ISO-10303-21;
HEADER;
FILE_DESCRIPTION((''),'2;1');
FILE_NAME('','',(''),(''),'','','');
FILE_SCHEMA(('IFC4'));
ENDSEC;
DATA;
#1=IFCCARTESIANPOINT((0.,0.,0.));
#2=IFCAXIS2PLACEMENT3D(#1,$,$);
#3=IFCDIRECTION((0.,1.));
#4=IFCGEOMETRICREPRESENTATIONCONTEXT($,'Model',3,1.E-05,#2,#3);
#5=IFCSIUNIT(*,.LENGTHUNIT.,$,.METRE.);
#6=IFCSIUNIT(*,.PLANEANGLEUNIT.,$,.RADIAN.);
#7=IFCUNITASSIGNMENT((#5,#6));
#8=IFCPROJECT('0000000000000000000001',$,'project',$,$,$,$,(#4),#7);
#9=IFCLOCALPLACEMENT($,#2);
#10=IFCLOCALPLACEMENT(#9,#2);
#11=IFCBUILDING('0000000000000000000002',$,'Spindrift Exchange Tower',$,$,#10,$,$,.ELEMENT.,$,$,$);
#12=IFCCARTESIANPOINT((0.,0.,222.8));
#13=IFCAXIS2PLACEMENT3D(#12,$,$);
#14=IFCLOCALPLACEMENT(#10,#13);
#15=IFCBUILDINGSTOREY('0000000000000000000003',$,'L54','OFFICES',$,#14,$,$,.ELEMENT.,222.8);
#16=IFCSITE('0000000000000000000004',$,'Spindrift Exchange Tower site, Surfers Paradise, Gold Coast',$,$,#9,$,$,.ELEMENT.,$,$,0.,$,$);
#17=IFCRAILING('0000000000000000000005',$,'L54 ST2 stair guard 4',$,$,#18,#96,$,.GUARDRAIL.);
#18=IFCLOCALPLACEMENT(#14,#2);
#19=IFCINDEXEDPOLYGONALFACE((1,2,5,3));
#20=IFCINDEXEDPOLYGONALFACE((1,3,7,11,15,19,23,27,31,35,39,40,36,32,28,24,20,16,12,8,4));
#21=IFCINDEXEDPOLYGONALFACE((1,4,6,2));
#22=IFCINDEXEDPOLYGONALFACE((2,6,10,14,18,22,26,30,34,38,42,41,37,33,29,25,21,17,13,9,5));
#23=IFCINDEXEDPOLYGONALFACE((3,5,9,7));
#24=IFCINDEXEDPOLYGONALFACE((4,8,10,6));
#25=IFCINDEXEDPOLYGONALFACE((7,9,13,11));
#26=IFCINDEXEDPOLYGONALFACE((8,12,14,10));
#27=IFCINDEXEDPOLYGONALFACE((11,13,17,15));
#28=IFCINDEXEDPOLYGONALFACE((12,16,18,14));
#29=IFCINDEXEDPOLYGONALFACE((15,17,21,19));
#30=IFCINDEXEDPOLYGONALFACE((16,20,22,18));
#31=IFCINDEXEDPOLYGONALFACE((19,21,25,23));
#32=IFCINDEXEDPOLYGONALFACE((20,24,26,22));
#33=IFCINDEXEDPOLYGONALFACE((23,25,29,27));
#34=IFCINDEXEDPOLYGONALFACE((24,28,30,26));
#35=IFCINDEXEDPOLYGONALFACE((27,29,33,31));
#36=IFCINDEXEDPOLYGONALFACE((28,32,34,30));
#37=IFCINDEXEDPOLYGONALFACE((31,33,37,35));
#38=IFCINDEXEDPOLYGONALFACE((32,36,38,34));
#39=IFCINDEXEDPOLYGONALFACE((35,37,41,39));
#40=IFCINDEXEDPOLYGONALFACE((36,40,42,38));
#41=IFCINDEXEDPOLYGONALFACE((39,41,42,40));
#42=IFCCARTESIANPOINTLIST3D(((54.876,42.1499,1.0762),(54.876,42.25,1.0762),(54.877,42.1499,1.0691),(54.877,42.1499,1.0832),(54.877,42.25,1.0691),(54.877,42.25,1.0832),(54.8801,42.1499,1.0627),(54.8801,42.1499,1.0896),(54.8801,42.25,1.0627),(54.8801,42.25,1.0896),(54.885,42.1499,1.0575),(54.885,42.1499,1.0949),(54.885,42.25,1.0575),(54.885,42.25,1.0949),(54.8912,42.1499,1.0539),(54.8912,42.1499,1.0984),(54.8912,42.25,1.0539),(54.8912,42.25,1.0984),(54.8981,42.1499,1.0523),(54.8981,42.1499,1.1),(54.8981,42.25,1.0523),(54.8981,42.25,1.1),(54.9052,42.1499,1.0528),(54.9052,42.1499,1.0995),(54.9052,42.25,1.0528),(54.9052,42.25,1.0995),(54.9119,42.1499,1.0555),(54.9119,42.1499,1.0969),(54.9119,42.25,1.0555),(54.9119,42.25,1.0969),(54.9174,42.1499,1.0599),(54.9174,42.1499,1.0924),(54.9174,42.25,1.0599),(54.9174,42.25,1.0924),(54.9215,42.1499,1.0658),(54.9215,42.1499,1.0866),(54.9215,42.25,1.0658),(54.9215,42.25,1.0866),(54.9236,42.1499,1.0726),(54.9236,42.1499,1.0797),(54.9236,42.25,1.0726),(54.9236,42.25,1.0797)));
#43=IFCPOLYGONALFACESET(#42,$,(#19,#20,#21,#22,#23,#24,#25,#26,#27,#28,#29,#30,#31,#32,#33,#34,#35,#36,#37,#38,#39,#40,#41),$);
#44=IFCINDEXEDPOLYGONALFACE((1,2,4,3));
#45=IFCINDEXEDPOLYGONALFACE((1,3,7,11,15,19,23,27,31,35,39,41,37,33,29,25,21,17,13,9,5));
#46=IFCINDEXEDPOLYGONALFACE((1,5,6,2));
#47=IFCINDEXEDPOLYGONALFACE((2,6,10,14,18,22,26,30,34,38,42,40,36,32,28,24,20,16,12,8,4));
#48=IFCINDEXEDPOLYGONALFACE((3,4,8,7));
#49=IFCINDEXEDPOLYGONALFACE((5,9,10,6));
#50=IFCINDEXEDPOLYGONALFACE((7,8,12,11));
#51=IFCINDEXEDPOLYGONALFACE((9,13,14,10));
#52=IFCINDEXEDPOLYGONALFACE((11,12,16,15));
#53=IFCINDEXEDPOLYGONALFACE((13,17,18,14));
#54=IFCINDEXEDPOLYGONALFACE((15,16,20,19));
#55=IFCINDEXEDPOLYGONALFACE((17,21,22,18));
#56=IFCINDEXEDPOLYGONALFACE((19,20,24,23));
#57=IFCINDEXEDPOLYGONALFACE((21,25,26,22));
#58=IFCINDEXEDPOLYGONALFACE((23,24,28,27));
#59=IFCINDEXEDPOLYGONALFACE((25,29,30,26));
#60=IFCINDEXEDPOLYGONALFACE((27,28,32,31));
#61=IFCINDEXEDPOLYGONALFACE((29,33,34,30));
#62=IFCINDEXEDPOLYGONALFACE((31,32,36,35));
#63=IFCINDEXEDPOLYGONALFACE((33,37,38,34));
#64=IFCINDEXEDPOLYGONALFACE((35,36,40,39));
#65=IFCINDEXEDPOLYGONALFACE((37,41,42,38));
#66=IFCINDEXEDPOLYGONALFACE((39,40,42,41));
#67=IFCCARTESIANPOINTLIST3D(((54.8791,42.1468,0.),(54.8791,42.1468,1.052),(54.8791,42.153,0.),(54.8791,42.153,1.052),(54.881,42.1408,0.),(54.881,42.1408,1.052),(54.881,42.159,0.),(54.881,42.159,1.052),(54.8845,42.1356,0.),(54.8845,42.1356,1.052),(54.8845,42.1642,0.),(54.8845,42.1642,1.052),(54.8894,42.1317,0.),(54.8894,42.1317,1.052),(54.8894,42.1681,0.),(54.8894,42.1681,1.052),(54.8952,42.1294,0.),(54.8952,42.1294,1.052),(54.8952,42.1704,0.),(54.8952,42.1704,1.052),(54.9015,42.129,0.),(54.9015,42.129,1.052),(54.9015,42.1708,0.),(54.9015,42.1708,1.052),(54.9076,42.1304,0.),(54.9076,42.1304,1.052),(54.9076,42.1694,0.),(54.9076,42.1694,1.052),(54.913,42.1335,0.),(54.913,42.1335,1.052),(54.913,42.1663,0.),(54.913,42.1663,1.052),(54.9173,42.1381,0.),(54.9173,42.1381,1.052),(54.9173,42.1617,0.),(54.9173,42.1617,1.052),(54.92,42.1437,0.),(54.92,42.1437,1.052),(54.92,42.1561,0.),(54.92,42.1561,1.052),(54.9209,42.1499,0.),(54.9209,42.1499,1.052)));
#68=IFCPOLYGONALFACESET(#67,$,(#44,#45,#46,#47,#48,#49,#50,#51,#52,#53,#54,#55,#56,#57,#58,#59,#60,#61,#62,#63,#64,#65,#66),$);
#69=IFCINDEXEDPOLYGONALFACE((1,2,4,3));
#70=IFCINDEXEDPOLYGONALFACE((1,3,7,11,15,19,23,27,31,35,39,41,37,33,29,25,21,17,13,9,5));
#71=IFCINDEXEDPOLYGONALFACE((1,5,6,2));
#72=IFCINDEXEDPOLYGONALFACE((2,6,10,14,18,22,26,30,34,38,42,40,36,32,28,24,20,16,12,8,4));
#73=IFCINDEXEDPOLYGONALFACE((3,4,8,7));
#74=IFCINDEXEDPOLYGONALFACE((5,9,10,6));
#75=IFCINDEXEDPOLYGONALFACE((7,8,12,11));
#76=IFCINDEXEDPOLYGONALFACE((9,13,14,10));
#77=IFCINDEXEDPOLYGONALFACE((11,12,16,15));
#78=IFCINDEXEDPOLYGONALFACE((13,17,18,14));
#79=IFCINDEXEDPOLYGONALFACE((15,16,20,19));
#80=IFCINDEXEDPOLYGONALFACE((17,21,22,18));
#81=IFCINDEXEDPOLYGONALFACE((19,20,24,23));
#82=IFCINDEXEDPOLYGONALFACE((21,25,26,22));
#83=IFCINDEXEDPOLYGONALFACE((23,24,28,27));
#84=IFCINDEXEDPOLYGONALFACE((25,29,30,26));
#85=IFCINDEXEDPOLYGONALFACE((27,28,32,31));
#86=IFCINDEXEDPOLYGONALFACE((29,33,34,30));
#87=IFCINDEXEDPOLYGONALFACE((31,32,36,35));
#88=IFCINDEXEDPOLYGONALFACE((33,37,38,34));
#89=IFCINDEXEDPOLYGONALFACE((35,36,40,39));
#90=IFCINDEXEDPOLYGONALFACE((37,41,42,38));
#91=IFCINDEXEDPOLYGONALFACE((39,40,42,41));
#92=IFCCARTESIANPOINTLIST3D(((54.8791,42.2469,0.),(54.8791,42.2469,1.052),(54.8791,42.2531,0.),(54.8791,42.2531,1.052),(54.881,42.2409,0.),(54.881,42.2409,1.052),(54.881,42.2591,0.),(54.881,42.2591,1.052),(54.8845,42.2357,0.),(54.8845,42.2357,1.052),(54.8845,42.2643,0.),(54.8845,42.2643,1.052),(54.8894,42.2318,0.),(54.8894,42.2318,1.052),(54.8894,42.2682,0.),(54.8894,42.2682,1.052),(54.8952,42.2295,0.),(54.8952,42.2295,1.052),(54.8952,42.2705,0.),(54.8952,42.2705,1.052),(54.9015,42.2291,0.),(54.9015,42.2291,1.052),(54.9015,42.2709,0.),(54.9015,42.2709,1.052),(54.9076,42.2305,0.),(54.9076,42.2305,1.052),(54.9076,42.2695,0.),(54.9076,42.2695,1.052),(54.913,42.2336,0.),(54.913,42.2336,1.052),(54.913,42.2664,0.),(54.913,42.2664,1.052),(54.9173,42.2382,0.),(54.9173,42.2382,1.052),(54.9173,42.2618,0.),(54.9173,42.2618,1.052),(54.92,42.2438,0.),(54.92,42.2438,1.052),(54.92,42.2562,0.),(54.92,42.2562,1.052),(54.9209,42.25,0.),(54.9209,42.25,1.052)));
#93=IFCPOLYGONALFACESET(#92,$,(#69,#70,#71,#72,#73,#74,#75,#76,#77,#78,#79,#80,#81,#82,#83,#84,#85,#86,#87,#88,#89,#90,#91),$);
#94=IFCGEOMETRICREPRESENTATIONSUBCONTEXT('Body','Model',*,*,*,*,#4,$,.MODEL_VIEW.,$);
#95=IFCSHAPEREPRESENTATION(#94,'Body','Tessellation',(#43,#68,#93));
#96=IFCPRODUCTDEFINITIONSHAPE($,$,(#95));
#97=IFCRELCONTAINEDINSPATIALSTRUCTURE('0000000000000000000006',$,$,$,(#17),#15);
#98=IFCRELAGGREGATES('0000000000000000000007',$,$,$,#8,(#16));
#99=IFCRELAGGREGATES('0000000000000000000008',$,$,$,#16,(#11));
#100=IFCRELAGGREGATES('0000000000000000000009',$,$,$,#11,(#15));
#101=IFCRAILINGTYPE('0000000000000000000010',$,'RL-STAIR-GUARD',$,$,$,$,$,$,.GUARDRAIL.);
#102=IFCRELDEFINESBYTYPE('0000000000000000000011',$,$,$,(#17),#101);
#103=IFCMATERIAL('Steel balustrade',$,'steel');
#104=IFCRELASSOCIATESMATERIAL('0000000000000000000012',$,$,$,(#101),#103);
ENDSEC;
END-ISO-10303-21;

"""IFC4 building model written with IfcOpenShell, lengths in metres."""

from ifc_helpers import new_model, si_unit, direction, frame, origin, origin_2d, place, context, subcontext, project, spatial, circle, extrude, material, type_object, element, save


model = new_model("IFC4")

# Units and contexts
model_context = context("Model", 3, precision=1e-05, world=origin(), true_north=direction((0.0, 1.0)))
body_context = subcontext(model_context, "Body", "Model", "MODEL_VIEW")
ifc_project = project(units=[si_unit("LENGTHUNIT", "METRE"), si_unit("PLANEANGLEUNIT", "RADIAN")], contexts=[model_context])

# Site, building, storey
site_placement = place(None, origin())
site = spatial("IfcSite", under=ifc_project, at=site_placement, Name="Spindrift Exchange Tower site, Surfers Paradise, Gold Coast", CompositionType="ELEMENT", RefElevation=0.0)
building_placement = place(site_placement, origin())
building = spatial("IfcBuilding", under=site, at=building_placement, Name="Spindrift Exchange Tower", CompositionType="ELEMENT")
storey_placement = place(building_placement, frame((0.0, 0.0, 222.8)))
storey = spatial("IfcBuildingStorey", under=building, at=storey_placement, Name="L54", Description="OFFICES", CompositionType="ELEMENT", Elevation=222.8)

# Railing
ifc_material_1 = material(Name="Steel balustrade", Category="steel")
railing_type_1 = type_object("IfcRailingType", Name="RL-STAIR-GUARD", PredefinedType="GUARDRAIL", material=ifc_material_1)
railing_1_placement = place(storey_placement, frame((54.8999, 42.1499, 0.0)))
element("IfcRailing", 1, at=railing_1_placement, inside=storey, type_object=railing_type_1, Name="L54 ST2 stair guard 4", PredefinedType="GUARDRAIL", context=body_context, shape_type="SweptSolid", body=[
    extrude(circle(Radius=0.0239, at=origin_2d()), frame((0.0, 0.0, 1.0762), z_axis=(0.0, 1.0, 0.0), x_axis=(-1.0, 0.0, 0.0)), (0.0, 0.0, 1.0), 0.1001),
    extrude(circle(Radius=0.021, at=origin_2d()), origin(), (0.0, 0.0, 1.0), 1.052),
    extrude(circle(Radius=0.021, at=origin_2d()), frame((0.0, 0.1001, 0.0)), (0.0, 0.0, 1.0), 1.052),
])

save(model, "model.ifc")
